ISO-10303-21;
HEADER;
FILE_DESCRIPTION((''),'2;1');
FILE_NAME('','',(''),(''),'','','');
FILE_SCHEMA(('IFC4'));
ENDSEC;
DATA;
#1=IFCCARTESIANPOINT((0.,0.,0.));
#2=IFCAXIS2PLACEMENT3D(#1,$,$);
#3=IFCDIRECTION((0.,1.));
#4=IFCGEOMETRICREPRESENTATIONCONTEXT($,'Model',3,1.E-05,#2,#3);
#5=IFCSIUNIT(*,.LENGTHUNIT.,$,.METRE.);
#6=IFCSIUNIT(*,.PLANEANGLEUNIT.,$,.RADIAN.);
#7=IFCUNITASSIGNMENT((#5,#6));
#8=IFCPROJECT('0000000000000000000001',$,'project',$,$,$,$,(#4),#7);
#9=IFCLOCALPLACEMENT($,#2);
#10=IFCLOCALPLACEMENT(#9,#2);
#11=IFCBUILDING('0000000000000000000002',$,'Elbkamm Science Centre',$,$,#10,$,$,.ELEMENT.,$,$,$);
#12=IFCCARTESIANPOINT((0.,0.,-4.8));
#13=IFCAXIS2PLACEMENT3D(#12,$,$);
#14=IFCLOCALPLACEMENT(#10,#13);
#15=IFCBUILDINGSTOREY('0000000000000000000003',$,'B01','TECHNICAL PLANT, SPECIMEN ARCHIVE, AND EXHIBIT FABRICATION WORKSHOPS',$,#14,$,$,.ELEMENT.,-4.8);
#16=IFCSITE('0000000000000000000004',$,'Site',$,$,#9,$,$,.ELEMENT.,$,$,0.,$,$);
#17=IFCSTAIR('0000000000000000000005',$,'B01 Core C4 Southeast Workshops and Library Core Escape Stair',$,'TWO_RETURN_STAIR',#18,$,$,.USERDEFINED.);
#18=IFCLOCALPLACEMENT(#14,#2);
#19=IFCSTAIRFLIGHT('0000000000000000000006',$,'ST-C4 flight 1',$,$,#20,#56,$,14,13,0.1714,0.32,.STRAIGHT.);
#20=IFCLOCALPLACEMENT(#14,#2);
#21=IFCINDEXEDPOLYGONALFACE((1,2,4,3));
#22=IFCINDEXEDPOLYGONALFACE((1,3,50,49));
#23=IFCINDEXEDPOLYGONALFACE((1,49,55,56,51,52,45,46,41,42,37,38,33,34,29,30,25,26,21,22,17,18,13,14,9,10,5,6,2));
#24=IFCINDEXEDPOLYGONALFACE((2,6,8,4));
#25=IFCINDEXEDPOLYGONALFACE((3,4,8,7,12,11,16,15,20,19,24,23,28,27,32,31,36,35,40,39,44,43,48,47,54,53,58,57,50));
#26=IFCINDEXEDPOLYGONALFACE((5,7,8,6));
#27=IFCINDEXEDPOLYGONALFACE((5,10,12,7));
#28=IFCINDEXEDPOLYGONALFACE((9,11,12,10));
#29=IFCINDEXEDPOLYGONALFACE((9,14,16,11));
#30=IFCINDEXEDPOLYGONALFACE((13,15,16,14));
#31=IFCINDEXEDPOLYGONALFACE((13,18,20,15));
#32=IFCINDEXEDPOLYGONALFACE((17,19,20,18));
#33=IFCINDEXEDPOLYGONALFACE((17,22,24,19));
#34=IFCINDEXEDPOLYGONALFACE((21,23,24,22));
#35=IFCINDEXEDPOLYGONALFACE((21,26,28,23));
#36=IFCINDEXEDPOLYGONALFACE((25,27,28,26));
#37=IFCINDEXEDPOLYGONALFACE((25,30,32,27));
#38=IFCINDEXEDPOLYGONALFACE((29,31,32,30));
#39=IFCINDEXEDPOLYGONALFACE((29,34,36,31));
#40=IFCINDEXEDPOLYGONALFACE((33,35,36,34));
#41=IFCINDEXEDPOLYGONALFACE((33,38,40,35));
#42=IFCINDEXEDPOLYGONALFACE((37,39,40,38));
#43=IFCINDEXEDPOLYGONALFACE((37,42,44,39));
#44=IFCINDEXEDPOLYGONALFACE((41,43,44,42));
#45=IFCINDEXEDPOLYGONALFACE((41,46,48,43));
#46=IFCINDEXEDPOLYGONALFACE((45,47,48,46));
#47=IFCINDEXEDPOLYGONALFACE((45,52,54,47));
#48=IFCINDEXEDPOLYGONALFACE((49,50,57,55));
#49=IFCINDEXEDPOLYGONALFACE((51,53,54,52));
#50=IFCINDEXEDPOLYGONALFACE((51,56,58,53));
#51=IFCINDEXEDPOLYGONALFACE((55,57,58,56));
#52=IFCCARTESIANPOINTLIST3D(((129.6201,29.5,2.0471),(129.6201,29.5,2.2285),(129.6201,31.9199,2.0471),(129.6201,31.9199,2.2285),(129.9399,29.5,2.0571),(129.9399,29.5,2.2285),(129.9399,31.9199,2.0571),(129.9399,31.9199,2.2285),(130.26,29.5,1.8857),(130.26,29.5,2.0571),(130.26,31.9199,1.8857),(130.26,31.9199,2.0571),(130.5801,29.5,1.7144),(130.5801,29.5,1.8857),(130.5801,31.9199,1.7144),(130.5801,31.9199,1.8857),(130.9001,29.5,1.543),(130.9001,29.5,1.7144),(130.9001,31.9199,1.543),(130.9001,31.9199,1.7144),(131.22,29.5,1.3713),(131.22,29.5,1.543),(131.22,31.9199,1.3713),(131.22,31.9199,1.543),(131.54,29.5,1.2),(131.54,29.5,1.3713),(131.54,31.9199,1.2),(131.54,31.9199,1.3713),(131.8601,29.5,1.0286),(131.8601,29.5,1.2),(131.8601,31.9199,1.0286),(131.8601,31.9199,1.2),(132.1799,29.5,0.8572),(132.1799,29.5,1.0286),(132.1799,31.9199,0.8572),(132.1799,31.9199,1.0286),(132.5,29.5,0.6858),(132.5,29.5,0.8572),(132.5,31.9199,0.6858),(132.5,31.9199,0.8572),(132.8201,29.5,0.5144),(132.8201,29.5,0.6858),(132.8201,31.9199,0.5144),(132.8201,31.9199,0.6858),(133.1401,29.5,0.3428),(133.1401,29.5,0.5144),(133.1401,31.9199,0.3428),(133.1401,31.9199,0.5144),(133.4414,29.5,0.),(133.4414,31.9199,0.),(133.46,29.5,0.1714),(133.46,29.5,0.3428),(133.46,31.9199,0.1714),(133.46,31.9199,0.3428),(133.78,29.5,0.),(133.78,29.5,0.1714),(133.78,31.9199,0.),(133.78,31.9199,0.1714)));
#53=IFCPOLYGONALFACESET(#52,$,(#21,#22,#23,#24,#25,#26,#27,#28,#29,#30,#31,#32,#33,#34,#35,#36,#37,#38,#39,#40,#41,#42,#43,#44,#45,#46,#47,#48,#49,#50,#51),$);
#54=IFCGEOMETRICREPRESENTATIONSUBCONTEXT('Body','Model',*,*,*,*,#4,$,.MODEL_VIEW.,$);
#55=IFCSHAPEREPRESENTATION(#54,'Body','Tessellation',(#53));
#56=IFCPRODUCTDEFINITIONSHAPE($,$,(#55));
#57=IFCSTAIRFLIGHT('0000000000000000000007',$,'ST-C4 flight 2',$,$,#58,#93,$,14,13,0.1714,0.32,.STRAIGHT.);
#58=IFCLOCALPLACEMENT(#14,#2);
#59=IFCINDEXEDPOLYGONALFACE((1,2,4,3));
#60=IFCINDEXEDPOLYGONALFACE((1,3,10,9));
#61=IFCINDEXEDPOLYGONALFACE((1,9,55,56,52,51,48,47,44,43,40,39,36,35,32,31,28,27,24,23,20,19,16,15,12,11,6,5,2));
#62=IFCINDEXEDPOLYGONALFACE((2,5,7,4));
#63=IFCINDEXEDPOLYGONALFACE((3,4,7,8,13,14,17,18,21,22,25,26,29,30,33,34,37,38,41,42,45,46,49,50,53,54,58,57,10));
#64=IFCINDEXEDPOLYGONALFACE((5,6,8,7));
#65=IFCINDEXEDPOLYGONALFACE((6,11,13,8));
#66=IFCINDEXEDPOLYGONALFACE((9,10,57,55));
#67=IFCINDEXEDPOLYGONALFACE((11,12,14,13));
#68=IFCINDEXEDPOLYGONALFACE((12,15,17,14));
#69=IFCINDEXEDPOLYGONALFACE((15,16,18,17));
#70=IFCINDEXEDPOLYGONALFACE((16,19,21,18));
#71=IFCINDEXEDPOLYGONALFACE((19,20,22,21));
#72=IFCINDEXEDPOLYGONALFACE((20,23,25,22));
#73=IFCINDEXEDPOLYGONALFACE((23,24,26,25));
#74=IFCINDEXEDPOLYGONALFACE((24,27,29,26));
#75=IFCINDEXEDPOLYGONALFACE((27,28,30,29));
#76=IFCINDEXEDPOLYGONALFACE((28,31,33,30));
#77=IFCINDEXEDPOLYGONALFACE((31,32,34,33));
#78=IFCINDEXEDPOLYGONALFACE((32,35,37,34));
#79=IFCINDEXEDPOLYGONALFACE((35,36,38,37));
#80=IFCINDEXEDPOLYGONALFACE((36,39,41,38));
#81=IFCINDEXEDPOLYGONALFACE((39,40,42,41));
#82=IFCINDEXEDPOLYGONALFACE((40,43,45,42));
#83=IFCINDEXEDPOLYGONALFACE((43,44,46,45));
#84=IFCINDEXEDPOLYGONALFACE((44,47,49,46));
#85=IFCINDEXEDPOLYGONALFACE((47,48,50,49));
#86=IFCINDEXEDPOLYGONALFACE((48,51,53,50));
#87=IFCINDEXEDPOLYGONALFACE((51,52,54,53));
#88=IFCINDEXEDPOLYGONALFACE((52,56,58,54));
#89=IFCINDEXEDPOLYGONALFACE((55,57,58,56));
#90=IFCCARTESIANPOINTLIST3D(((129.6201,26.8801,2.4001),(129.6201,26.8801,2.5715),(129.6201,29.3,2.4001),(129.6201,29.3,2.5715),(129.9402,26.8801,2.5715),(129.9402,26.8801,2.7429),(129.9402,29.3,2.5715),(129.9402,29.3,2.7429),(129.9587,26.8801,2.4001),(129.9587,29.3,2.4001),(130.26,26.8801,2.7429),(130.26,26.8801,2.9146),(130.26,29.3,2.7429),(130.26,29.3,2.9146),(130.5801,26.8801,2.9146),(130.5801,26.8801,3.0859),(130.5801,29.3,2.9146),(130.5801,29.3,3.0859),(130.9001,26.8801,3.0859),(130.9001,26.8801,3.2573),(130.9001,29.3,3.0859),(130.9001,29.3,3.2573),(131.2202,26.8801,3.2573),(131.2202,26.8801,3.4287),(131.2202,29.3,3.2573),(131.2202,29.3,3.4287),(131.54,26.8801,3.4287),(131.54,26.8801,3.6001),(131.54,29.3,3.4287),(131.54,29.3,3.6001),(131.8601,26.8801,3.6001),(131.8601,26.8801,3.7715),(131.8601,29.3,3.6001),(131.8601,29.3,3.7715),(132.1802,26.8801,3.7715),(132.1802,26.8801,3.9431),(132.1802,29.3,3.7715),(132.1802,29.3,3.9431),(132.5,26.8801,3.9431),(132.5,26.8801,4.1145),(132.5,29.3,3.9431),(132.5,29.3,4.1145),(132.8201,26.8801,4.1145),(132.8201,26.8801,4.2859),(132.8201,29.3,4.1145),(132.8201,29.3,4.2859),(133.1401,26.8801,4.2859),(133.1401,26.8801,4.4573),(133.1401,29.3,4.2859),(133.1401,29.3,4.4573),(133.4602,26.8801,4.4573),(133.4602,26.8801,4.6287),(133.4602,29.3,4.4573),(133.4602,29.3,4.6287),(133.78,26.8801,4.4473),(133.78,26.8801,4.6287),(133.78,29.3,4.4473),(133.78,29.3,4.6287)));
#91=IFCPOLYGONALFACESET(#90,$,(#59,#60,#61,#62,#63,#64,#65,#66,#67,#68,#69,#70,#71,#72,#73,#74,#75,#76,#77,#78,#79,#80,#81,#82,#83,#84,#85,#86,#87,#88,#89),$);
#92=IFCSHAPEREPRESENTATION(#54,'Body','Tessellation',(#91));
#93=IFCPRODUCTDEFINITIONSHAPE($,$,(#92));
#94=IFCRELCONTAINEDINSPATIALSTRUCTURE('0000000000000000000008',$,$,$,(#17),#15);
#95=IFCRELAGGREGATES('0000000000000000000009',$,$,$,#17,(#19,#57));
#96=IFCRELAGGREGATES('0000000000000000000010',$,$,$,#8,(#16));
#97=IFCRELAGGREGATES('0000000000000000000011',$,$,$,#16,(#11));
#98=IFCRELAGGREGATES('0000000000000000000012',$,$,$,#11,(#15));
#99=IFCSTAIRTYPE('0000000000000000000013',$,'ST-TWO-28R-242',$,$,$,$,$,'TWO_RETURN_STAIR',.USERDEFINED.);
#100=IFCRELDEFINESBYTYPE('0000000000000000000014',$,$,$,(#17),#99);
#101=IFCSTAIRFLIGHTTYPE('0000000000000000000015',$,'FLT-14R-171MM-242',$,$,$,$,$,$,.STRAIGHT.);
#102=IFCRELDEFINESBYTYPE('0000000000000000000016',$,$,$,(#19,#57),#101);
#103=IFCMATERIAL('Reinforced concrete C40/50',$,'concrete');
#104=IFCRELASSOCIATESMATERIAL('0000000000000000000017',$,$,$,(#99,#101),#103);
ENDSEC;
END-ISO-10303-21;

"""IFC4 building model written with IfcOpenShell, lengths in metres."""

from ifc_helpers import new_model, si_unit, direction, frame, origin, place, context, subcontext, project, spatial, polyline, outline, extrude, material, type_object, element, aggregate, save


model = new_model("IFC4")

# Units and contexts
model_context = context("Model", 3, precision=1e-05, world=origin(), true_north=direction((0.0, 1.0)))
body_context = subcontext(model_context, "Body", "Model", "MODEL_VIEW")
ifc_project = project(units=[si_unit("LENGTHUNIT", "METRE"), si_unit("PLANEANGLEUNIT", "RADIAN")], contexts=[model_context])

# Site, building, storey
site_placement = place(None, origin())
site = spatial("IfcSite", under=ifc_project, at=site_placement, Name="Site", CompositionType="ELEMENT", RefElevation=0.0)
building_placement = place(site_placement, origin())
building = spatial("IfcBuilding", under=site, at=building_placement, Name="Elbkamm Science Centre", CompositionType="ELEMENT")
storey_placement = place(building_placement, frame((0.0, 0.0, -4.8)))
storey = spatial("IfcBuildingStorey", under=building, at=storey_placement, Name="B01", Description="TECHNICAL PLANT, SPECIMEN ARCHIVE, AND EXHIBIT FABRICATION WORKSHOPS", CompositionType="ELEMENT", Elevation=-4.8)

# Shared definitions
ifc_material_1 = material(Name="Reinforced concrete C40/50", Category="concrete")

# Stair, stair flights
stair_type = type_object("IfcStairType", Name="ST-TWO-28R-242", ElementType="TWO_RETURN_STAIR", PredefinedType="USERDEFINED", material=ifc_material_1)
stair_placement = place(storey_placement, origin())
stair = element("IfcStair", 1, at=stair_placement, inside=storey, type_object=stair_type, Name="B01 Core C4 Southeast Workshops and Library Core Escape Stair", ObjectType="TWO_RETURN_STAIR", PredefinedType="USERDEFINED")
stair_flight_type = type_object("IfcStairFlightType", Name="FLT-14R-171MM-242", PredefinedType="STRAIGHT", material=ifc_material_1)
stair_flight_1_placement = place(storey_placement, frame((133.78, 30.71, 0.0), z_axis=(0.0, 0.0, 1.0), x_axis=(-1.0, 0.0, 0.0)))
stair_flight_1 = element("IfcStairFlight", 2, at=stair_flight_1_placement, type_object=stair_flight_type, Name="ST-C4 flight 1", NumberOfRisers=14, NumberOfTreads=13, PredefinedType="STRAIGHT", RiserHeight=0.1714, TreadLength=0.32, context=body_context, shape_type="SweptSolid", body=[
    extrude(outline(polyline([(0.0, 0.0), (0.0, 0.1714), (0.3201, 0.1714), (0.3201, 0.3428), (0.6399, 0.3428), (0.6399, 0.5144), (0.96, 0.5144), (0.96, 0.6858), (1.28, 0.6858), (1.28, 0.8572), (1.6001, 0.8572), (1.6001, 1.0286), (1.9199, 1.0286), (1.9199, 1.2), (2.24, 1.2), (2.24, 1.3713), (2.5601, 1.3713), (2.5601, 1.543), (2.8799, 1.543), (2.8799, 1.7144), (3.2, 1.7144), (3.2, 1.8857), (3.52, 1.8857), (3.52, 2.0571), (3.8401, 2.0571), (3.8401, 2.2285), (4.1599, 2.2285), (4.1599, 2.3999), (4.1599, 2.0471), (0.3386, 0.0), (0.0, 0.0)])), frame((0.0, 1.21, 0.0), z_axis=(0.0, -1.0, 0.0), x_axis=(1.0, 0.0, 0.0)), (0.0, 0.0, 1.0), 2.4199),
])
stair_flight_2_placement = place(storey_placement, frame((129.6201, 28.0901, 2.4001), z_axis=(0.0, 0.0, 1.0), x_axis=(1.0, 0.0, 0.0)))
stair_flight_2 = element("IfcStairFlight", 3, at=stair_flight_2_placement, type_object=stair_flight_type, Name="ST-C4 flight 2", NumberOfRisers=14, NumberOfTreads=13, PredefinedType="STRAIGHT", RiserHeight=0.1714, TreadLength=0.32, context=body_context, shape_type="SweptSolid", body=[
    extrude(outline(polyline([(0.0, 0.0), (0.0, 0.1714), (0.3201, 0.1714), (0.3201, 0.3428), (0.6399, 0.3428), (0.6399, 0.5144), (0.96, 0.5144), (0.96, 0.6858), (1.28, 0.6858), (1.28, 0.8572), (1.6001, 0.8572), (1.6001, 1.0286), (1.9199, 1.0286), (1.9199, 1.2), (2.24, 1.2), (2.24, 1.3713), (2.5601, 1.3713), (2.5601, 1.543), (2.8799, 1.543), (2.8799, 1.7144), (3.2, 1.7144), (3.2, 1.8857), (3.52, 1.8857), (3.52, 2.0571), (3.8401, 2.0571), (3.8401, 2.2285), (4.1599, 2.2285), (4.1599, 2.3999), (4.1599, 2.0471), (0.3386, 0.0), (0.0, 0.0)])), frame((0.0, 1.21, 0.0), z_axis=(0.0, -1.0, 0.0), x_axis=(1.0, 0.0, 0.0)), (0.0, 0.0, 1.0), 2.4199),
])
aggregate(stair, [stair_flight_1, stair_flight_2])

save(model, "model.ifc")
